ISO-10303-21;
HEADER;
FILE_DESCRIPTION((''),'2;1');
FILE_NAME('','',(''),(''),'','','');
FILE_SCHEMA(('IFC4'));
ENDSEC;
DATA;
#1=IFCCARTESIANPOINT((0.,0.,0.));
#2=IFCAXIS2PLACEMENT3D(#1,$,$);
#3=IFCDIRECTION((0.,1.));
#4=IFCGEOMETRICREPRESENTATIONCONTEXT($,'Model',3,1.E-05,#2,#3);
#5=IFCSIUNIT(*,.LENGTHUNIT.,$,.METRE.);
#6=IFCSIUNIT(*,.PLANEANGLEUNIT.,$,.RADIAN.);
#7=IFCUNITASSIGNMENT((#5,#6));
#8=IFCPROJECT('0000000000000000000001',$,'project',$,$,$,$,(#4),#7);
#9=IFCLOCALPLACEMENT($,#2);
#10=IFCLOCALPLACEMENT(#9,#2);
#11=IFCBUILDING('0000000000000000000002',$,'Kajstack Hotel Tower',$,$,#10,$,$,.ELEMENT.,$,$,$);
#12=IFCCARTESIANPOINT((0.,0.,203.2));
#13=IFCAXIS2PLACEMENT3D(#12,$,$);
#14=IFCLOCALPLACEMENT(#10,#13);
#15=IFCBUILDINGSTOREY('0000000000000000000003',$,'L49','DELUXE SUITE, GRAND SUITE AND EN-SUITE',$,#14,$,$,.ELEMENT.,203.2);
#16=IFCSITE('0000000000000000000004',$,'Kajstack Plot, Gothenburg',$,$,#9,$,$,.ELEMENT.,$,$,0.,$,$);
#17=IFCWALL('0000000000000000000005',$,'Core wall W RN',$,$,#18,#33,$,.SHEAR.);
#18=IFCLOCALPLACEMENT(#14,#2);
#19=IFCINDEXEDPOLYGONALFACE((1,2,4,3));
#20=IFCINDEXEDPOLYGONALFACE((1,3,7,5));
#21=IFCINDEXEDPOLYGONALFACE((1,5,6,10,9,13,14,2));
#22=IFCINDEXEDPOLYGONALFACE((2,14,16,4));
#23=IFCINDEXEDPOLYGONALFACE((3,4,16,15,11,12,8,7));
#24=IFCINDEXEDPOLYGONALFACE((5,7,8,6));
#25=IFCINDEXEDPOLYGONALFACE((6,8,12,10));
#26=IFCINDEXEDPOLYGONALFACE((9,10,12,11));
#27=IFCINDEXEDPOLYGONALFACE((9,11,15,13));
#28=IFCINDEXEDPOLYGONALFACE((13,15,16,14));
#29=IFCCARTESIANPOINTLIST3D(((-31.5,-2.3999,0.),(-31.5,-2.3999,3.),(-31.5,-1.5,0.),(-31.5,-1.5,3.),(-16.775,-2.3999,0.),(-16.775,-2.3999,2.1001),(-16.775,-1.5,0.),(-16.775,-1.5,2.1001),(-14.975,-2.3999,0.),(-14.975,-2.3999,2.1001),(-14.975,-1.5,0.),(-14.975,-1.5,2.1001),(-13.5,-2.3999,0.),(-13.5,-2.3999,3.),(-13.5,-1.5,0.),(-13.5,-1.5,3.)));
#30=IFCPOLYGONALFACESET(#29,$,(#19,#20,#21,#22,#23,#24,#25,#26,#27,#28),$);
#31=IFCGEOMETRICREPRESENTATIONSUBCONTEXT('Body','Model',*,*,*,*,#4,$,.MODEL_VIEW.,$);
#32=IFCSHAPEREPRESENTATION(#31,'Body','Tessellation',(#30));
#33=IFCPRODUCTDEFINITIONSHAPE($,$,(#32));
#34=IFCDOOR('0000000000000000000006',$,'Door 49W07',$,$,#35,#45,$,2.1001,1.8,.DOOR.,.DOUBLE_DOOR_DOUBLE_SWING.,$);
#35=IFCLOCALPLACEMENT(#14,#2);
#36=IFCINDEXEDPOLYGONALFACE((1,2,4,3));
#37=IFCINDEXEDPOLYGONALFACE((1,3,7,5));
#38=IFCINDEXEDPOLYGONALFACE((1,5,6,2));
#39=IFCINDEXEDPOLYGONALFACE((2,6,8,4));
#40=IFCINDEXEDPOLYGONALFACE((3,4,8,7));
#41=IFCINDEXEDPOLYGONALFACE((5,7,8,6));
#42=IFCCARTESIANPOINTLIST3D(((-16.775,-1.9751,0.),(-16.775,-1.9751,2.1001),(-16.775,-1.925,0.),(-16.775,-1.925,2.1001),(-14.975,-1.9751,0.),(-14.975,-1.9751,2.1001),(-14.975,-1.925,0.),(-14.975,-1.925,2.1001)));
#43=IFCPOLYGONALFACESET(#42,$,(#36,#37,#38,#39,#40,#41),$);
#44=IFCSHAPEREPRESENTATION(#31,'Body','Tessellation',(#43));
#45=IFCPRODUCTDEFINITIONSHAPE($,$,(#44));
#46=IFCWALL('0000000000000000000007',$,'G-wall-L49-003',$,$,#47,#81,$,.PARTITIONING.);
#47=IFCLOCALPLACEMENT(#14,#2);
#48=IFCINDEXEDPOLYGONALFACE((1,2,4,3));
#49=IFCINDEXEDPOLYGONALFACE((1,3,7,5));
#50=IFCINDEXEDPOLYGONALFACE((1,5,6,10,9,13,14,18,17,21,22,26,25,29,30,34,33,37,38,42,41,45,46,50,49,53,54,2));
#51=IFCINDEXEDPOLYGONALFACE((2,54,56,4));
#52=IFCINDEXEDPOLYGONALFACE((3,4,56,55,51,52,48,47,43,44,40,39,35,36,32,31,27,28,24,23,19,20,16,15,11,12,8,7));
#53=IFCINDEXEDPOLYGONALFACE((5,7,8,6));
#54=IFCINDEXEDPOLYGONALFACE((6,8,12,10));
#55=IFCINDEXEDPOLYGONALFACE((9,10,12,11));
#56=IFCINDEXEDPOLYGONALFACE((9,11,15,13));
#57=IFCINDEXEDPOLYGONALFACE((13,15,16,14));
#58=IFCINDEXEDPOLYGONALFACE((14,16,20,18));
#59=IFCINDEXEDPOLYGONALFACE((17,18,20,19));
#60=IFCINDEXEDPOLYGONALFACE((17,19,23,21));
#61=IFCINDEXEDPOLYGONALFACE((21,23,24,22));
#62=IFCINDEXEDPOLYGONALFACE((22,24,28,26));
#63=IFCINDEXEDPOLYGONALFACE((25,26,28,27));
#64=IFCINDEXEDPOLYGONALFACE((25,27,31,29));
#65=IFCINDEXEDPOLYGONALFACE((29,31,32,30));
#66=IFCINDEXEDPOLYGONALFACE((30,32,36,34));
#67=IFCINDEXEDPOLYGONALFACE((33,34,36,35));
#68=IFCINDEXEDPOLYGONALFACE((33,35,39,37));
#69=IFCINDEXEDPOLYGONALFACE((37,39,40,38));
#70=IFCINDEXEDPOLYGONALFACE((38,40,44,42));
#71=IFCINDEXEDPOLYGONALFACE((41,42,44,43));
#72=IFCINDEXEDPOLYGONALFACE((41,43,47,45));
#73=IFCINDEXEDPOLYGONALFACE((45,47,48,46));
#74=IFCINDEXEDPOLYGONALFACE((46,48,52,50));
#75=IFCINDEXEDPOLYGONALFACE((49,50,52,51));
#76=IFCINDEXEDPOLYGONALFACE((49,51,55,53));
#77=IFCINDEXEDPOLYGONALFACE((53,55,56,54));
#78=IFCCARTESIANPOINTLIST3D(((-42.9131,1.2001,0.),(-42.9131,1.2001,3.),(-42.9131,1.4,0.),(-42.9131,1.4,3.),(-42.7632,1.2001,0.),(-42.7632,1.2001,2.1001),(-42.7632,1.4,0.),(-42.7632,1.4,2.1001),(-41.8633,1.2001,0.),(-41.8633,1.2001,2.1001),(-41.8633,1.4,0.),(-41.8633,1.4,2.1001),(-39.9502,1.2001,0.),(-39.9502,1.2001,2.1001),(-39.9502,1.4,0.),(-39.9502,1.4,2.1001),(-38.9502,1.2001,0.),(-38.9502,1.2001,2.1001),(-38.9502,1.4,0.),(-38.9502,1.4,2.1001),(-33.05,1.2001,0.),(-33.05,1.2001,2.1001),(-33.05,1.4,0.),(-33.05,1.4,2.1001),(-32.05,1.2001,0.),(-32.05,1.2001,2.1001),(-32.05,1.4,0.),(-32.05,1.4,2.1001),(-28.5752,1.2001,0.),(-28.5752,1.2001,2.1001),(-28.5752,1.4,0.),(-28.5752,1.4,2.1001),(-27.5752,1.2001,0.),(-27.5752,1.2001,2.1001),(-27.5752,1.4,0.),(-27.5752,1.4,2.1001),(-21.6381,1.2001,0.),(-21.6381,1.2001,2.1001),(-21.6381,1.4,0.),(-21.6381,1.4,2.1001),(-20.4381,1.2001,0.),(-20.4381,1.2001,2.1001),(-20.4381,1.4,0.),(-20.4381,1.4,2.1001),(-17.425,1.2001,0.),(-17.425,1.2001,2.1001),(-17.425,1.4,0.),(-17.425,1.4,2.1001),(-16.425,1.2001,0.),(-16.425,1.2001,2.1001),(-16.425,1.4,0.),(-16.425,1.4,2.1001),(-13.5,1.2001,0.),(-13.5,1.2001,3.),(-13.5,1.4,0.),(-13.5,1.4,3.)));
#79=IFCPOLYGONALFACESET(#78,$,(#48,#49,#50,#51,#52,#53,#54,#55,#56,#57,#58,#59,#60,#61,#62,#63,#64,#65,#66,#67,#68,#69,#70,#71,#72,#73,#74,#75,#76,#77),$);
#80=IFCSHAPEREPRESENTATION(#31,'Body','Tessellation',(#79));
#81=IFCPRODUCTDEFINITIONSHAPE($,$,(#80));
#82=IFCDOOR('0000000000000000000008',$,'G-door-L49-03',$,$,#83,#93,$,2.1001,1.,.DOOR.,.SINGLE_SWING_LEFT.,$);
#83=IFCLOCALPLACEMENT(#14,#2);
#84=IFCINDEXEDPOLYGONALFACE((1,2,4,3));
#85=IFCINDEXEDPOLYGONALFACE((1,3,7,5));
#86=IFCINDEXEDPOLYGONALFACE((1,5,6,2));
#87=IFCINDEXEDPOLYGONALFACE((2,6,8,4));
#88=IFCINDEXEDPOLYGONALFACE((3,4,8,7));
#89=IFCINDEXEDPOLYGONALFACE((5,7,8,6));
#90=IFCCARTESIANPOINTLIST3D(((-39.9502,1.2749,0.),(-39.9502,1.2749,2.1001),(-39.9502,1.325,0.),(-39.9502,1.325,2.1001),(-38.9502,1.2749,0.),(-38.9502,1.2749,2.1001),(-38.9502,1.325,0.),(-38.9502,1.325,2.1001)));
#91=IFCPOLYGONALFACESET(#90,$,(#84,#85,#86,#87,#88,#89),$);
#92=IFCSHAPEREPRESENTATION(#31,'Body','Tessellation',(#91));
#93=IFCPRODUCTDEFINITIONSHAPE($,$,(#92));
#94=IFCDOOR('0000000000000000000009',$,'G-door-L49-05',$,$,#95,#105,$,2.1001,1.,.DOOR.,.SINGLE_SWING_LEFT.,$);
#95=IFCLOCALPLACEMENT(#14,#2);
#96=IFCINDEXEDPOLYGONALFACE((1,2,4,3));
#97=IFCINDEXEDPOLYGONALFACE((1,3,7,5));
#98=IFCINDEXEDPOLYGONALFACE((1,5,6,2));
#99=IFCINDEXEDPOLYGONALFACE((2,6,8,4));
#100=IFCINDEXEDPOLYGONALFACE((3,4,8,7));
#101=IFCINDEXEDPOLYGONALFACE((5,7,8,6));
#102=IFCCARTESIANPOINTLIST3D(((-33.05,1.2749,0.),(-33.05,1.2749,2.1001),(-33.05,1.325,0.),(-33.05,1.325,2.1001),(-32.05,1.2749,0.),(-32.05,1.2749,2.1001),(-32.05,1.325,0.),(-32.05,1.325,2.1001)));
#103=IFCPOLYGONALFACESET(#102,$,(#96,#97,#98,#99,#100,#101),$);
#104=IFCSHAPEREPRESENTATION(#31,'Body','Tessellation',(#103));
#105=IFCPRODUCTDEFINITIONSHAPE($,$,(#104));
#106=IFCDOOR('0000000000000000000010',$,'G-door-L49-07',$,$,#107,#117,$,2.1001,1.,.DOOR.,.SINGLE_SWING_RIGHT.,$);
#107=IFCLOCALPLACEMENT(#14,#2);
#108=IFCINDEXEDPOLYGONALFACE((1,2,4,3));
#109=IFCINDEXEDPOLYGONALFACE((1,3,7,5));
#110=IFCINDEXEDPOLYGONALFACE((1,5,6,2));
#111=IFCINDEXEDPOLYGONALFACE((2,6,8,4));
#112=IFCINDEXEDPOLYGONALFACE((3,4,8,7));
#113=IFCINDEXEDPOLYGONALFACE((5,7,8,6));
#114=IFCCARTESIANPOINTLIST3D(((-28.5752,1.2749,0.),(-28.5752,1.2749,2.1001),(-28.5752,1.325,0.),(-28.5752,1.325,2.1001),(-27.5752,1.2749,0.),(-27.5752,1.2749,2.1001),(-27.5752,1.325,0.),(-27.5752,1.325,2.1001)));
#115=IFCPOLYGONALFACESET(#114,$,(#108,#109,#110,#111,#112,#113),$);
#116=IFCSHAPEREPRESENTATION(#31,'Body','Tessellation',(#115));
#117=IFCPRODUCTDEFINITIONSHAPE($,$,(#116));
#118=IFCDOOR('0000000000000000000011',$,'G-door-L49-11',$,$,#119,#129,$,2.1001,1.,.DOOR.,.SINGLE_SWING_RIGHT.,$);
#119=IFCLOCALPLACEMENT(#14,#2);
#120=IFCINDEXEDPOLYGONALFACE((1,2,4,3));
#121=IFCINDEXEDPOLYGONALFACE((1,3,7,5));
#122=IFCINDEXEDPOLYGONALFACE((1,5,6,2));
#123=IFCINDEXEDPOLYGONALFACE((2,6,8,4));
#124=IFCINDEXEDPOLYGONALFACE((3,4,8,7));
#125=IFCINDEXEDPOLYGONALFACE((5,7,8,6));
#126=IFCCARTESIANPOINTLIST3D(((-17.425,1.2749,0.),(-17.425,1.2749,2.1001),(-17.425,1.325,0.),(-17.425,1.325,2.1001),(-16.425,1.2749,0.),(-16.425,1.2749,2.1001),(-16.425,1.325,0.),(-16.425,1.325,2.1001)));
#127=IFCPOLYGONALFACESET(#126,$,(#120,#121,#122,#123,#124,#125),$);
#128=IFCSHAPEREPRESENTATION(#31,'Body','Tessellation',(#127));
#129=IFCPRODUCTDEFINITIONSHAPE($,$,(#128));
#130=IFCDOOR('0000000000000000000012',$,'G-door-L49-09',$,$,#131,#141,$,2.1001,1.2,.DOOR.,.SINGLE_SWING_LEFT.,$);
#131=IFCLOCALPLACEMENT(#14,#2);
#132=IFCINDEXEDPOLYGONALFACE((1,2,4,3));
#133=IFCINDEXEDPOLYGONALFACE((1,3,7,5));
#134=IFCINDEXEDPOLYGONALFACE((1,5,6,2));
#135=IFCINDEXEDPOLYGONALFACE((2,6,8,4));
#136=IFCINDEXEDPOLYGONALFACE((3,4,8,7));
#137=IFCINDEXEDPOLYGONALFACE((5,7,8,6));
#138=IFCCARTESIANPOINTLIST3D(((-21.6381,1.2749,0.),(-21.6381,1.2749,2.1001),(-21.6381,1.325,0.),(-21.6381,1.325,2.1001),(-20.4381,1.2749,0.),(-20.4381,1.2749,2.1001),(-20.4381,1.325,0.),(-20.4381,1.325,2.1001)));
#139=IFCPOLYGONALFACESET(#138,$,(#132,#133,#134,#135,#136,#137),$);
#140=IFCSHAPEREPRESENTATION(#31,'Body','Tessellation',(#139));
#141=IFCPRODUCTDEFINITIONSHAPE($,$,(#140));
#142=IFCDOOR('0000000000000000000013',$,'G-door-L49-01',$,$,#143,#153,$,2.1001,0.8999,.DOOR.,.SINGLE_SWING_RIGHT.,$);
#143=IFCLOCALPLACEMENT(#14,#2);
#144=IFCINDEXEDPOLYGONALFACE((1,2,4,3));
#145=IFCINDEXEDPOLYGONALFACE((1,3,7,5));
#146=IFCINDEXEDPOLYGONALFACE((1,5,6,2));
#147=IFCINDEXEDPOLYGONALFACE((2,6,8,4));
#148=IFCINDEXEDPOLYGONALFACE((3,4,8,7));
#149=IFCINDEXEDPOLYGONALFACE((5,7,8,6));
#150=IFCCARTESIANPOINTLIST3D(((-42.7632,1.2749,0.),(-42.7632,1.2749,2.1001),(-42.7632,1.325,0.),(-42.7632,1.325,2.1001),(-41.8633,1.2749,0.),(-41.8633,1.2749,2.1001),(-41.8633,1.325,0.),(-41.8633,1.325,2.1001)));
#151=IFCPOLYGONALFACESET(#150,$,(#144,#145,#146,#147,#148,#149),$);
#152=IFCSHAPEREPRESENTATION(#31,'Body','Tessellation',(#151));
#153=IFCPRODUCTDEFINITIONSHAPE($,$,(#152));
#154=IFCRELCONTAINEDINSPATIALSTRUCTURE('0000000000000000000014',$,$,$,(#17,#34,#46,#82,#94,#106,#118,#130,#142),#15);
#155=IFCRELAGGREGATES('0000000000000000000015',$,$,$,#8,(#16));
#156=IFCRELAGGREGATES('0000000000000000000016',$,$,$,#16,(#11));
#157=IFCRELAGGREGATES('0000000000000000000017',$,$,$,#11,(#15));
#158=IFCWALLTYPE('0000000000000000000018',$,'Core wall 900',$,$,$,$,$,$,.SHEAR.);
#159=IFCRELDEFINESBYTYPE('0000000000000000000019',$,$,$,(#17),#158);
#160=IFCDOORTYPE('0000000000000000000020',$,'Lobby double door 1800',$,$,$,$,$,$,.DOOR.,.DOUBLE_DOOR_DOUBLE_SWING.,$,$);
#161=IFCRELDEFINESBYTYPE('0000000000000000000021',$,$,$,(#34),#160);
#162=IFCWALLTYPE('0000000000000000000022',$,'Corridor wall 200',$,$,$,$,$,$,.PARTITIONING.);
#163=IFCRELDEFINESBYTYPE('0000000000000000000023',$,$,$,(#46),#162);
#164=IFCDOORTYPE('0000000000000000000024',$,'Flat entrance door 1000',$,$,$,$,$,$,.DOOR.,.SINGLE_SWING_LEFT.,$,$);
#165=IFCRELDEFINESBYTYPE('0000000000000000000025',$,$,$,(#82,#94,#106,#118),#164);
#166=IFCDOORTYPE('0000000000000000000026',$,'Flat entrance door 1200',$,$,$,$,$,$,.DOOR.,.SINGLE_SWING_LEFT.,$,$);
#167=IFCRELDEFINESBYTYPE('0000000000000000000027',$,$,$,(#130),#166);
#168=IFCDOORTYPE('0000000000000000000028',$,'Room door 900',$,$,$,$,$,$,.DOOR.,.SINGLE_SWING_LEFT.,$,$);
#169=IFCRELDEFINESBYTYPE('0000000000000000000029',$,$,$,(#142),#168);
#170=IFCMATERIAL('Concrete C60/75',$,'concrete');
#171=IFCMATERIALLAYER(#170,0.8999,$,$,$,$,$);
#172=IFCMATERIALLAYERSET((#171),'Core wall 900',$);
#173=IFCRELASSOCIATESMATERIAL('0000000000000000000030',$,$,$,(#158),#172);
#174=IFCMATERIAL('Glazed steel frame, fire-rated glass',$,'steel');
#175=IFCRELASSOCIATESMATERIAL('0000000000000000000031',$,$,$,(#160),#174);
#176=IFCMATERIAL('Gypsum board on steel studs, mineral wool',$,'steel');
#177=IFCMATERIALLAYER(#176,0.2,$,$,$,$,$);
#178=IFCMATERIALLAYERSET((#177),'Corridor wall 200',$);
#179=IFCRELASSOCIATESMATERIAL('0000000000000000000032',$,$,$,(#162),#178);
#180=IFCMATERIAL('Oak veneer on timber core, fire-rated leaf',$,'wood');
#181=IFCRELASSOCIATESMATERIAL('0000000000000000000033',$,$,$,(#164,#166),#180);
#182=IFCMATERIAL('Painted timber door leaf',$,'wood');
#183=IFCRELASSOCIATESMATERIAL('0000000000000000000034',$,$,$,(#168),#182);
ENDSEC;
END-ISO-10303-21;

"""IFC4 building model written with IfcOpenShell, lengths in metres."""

from ifc_helpers import new_model, si_unit, direction, frame, frame_2d, origin, place, context, subcontext, project, spatial, rectangle, extrude, material, layer, layer_set, type_object, element, fill, save


model = new_model("IFC4")

# Units and contexts
model_context = context("Model", 3, precision=1e-05, world=origin(), true_north=direction((0.0, 1.0)))
body_context = subcontext(model_context, "Body", "Model", "MODEL_VIEW")
ifc_project = project(units=[si_unit("LENGTHUNIT", "METRE"), si_unit("PLANEANGLEUNIT", "RADIAN")], contexts=[model_context])

# Site, building, storey
site_placement = place(None, origin())
site = spatial("IfcSite", under=ifc_project, at=site_placement, Name="Kajstack Plot, Gothenburg", CompositionType="ELEMENT", RefElevation=0.0)
building_placement = place(site_placement, origin())
building = spatial("IfcBuilding", under=site, at=building_placement, Name="Kajstack Hotel Tower", CompositionType="ELEMENT")
storey_placement = place(building_placement, frame((0.0, 0.0, 203.2)))
storey = spatial("IfcBuildingStorey", under=building, at=storey_placement, Name="L49", Description="DELUXE SUITE, GRAND SUITE AND EN-SUITE", CompositionType="ELEMENT", Elevation=203.2)

# Wall, opening, door
ifc_material_1 = material(Name="Concrete C60/75", Category="concrete")
ifc_layer_1 = layer(ifc_material_1, 0.8999)
ifc_layer_set_1 = layer_set([ifc_layer_1], Name="Core wall 900")
wall_type_1 = type_object("IfcWallType", Name="Core wall 900", PredefinedType="SHEAR", material=ifc_layer_set_1)
wall_1_placement = place(storey_placement, frame((-31.5, -1.95, 0.0), z_axis=(0.0, 0.0, 1.0), x_axis=(1.0, 0.0, 0.0)))
wall_1 = element("IfcWall", 1, at=wall_1_placement, inside=storey, type_object=wall_type_1, Name="Core wall W RN", PredefinedType="SHEAR", context=body_context, shape_type="SweptSolid", body=[
    extrude(rectangle(XDim=18.0, YDim=0.8999, at=frame_2d((9.0, 0.0))), origin(), (0.0, 0.0, 1.0), 3.0),
])
opening_1_placement = place(wall_1_placement, frame((14.7251, 0.0, 0.0)))
opening_1 = element("IfcOpeningElement", 2, at=opening_1_placement, cuts=wall_1, PredefinedType="OPENING", context=body_context, shape_type="SweptSolid", body=[
    extrude(rectangle(XDim=1.8, YDim=2.1001, at=frame_2d((0.8999, 1.05))), frame((0.0, 0.46, 0.0), z_axis=(0.0, -1.0, 0.0), x_axis=(1.0, 0.0, 0.0)), (0.0, 0.0, 1.0), 0.9199),
])
ifc_material_2 = material(Name="Glazed steel frame, fire-rated glass", Category="steel")
door_type_1 = type_object("IfcDoorType", Name="Lobby double door 1800", OperationType="DOUBLE_DOOR_DOUBLE_SWING", PredefinedType="DOOR", material=ifc_material_2)
door_1_placement = place(opening_1_placement, origin())
door_1 = element("IfcDoor", 3, at=door_1_placement, inside=storey, type_object=door_type_1, Name="Door 49W07", OperationType="DOUBLE_DOOR_DOUBLE_SWING", OverallHeight=2.1001, OverallWidth=1.8, PredefinedType="DOOR", context=body_context, shape_type="SweptSolid", body=[
    extrude(rectangle(XDim=1.8, YDim=2.1001, at=frame_2d((0.8999, 1.05))), frame((0.0, 0.0249, 0.0), z_axis=(0.0, -1.0, 0.0), x_axis=(1.0, 0.0, 0.0)), (0.0, 0.0, 1.0), 0.05),
])
fill(opening_1, door_1)

# Wall, openings, doors
ifc_material_3 = material(Name="Gypsum board on steel studs, mineral wool", Category="steel")
ifc_layer_2 = layer(ifc_material_3, 0.2)
ifc_layer_set_2 = layer_set([ifc_layer_2], Name="Corridor wall 200")
wall_type_2 = type_object("IfcWallType", Name="Corridor wall 200", PredefinedType="PARTITIONING", material=ifc_layer_set_2)
wall_2_placement = place(storey_placement, frame((-42.9131, 1.3, 0.0), z_axis=(0.0, 0.0, 1.0), x_axis=(1.0, 0.0, 0.0)))
wall_2 = element("IfcWall", 4, at=wall_2_placement, inside=storey, type_object=wall_type_2, Name="G-wall-L49-003", PredefinedType="PARTITIONING", context=body_context, shape_type="SweptSolid", body=[
    extrude(rectangle(XDim=29.4131, YDim=0.2, at=frame_2d((14.7065, 0.0))), origin(), (0.0, 0.0, 1.0), 3.0),
])
opening_2_placement = place(wall_2_placement, frame((0.1499, 0.0, 0.0)))
opening_2 = element("IfcOpeningElement", 5, at=opening_2_placement, cuts=wall_2, PredefinedType="OPENING", context=body_context, shape_type="SweptSolid", body=[
    extrude(rectangle(XDim=0.8999, YDim=2.1001, at=frame_2d((0.45, 1.05))), frame((0.0, 0.1099, 0.0), z_axis=(0.0, -1.0, 0.0), x_axis=(1.0, 0.0, 0.0)), (0.0, 0.0, 1.0), 0.22),
])
opening_3_placement = place(wall_2_placement, frame((2.9629, 0.0, 0.0)))
opening_3 = element("IfcOpeningElement", 6, at=opening_3_placement, cuts=wall_2, PredefinedType="OPENING", context=body_context, shape_type="SweptSolid", body=[
    extrude(rectangle(XDim=1.0, YDim=2.1001, at=frame_2d((0.5, 1.05))), frame((0.0, 0.1099, 0.0), z_axis=(0.0, -1.0, 0.0), x_axis=(1.0, 0.0, 0.0)), (0.0, 0.0, 1.0), 0.22),
])
opening_4_placement = place(wall_2_placement, frame((9.863, 0.0, 0.0)))
opening_4 = element("IfcOpeningElement", 7, at=opening_4_placement, cuts=wall_2, PredefinedType="OPENING", context=body_context, shape_type="SweptSolid", body=[
    extrude(rectangle(XDim=1.0, YDim=2.1001, at=frame_2d((0.5, 1.05))), frame((0.0, 0.1099, 0.0), z_axis=(0.0, -1.0, 0.0), x_axis=(1.0, 0.0, 0.0)), (0.0, 0.0, 1.0), 0.22),
])
opening_5_placement = place(wall_2_placement, frame((14.3379, 0.0, 0.0)))
opening_5 = element("IfcOpeningElement", 8, at=opening_5_placement, cuts=wall_2, PredefinedType="OPENING", context=body_context, shape_type="SweptSolid", body=[
    extrude(rectangle(XDim=1.0, YDim=2.1001, at=frame_2d((0.5, 1.05))), frame((0.0, 0.1099, 0.0), z_axis=(0.0, -1.0, 0.0), x_axis=(1.0, 0.0, 0.0)), (0.0, 0.0, 1.0), 0.22),
])
opening_6_placement = place(wall_2_placement, frame((21.2749, 0.0, 0.0)))
opening_6 = element("IfcOpeningElement", 9, at=opening_6_placement, cuts=wall_2, PredefinedType="OPENING", context=body_context, shape_type="SweptSolid", body=[
    extrude(rectangle(XDim=1.2, YDim=2.1001, at=frame_2d((0.6001, 1.05))), frame((0.0, 0.1099, 0.0), z_axis=(0.0, -1.0, 0.0), x_axis=(1.0, 0.0, 0.0)), (0.0, 0.0, 1.0), 0.22),
])
opening_7_placement = place(wall_2_placement, frame((25.488, 0.0, 0.0)))
opening_7 = element("IfcOpeningElement", 10, at=opening_7_placement, cuts=wall_2, PredefinedType="OPENING", context=body_context, shape_type="SweptSolid", body=[
    extrude(rectangle(XDim=1.0, YDim=2.1001, at=frame_2d((0.5, 1.05))), frame((0.0, 0.1099, 0.0), z_axis=(0.0, -1.0, 0.0), x_axis=(1.0, 0.0, 0.0)), (0.0, 0.0, 1.0), 0.22),
])
ifc_material_4 = material(Name="Oak veneer on timber core, fire-rated leaf", Category="wood")
door_type_2 = type_object("IfcDoorType", Name="Flat entrance door 1000", OperationType="SINGLE_SWING_LEFT", PredefinedType="DOOR", material=ifc_material_4)
door_2_placement = place(opening_3_placement, origin())
door_2 = element("IfcDoor", 11, at=door_2_placement, inside=storey, type_object=door_type_2, Name="G-door-L49-03", OperationType="SINGLE_SWING_LEFT", OverallHeight=2.1001, OverallWidth=1.0, PredefinedType="DOOR", context=body_context, shape_type="SweptSolid", body=[
    extrude(rectangle(XDim=1.0, YDim=2.1001, at=frame_2d((0.5, 1.05))), frame((0.0, 0.0249, 0.0), z_axis=(0.0, -1.0, 0.0), x_axis=(1.0, 0.0, 0.0)), (0.0, 0.0, 1.0), 0.05),
])
fill(opening_3, door_2)
door_3_placement = place(opening_4_placement, origin())
door_3 = element("IfcDoor", 12, at=door_3_placement, inside=storey, type_object=door_type_2, Name="G-door-L49-05", OperationType="SINGLE_SWING_LEFT", OverallHeight=2.1001, OverallWidth=1.0, PredefinedType="DOOR", context=body_context, shape_type="SweptSolid", body=[
    extrude(rectangle(XDim=1.0, YDim=2.1001, at=frame_2d((0.5, 1.05))), frame((0.0, 0.0249, 0.0), z_axis=(0.0, -1.0, 0.0), x_axis=(1.0, 0.0, 0.0)), (0.0, 0.0, 1.0), 0.05),
])
fill(opening_4, door_3)
door_4_placement = place(opening_5_placement, origin())
door_4 = element("IfcDoor", 13, at=door_4_placement, inside=storey, type_object=door_type_2, Name="G-door-L49-07", OperationType="SINGLE_SWING_RIGHT", OverallHeight=2.1001, OverallWidth=1.0, PredefinedType="DOOR", context=body_context, shape_type="SweptSolid", body=[
    extrude(rectangle(XDim=1.0, YDim=2.1001, at=frame_2d((0.5, 1.05))), frame((0.0, 0.0249, 0.0), z_axis=(0.0, -1.0, 0.0), x_axis=(1.0, 0.0, 0.0)), (0.0, 0.0, 1.0), 0.05),
])
fill(opening_5, door_4)
door_5_placement = place(opening_7_placement, origin())
door_5 = element("IfcDoor", 14, at=door_5_placement, inside=storey, type_object=door_type_2, Name="G-door-L49-11", OperationType="SINGLE_SWING_RIGHT", OverallHeight=2.1001, OverallWidth=1.0, PredefinedType="DOOR", context=body_context, shape_type="SweptSolid", body=[
    extrude(rectangle(XDim=1.0, YDim=2.1001, at=frame_2d((0.5, 1.05))), frame((0.0, 0.0249, 0.0), z_axis=(0.0, -1.0, 0.0), x_axis=(1.0, 0.0, 0.0)), (0.0, 0.0, 1.0), 0.05),
])
fill(opening_7, door_5)
door_type_3 = type_object("IfcDoorType", Name="Flat entrance door 1200", OperationType="SINGLE_SWING_LEFT", PredefinedType="DOOR", material=ifc_material_4)
door_6_placement = place(opening_6_placement, origin())
door_6 = element("IfcDoor", 15, at=door_6_placement, inside=storey, type_object=door_type_3, Name="G-door-L49-09", OperationType="SINGLE_SWING_LEFT", OverallHeight=2.1001, OverallWidth=1.2, PredefinedType="DOOR", context=body_context, shape_type="SweptSolid", body=[
    extrude(rectangle(XDim=1.2, YDim=2.1001, at=frame_2d((0.6001, 1.05))), frame((0.0, 0.0249, 0.0), z_axis=(0.0, -1.0, 0.0), x_axis=(1.0, 0.0, 0.0)), (0.0, 0.0, 1.0), 0.05),
])
fill(opening_6, door_6)
ifc_material_5 = material(Name="Painted timber door leaf", Category="wood")
door_type_4 = type_object("IfcDoorType", Name="Room door 900", OperationType="SINGLE_SWING_LEFT", PredefinedType="DOOR", material=ifc_material_5)
door_7_placement = place(opening_2_placement, origin())
door_7 = element("IfcDoor", 16, at=door_7_placement, inside=storey, type_object=door_type_4, Name="G-door-L49-01", OperationType="SINGLE_SWING_RIGHT", OverallHeight=2.1001, OverallWidth=0.8999, PredefinedType="DOOR", context=body_context, shape_type="SweptSolid", body=[
    extrude(rectangle(XDim=0.8999, YDim=2.1001, at=frame_2d((0.45, 1.05))), frame((0.0, 0.0249, 0.0), z_axis=(0.0, -1.0, 0.0), x_axis=(1.0, 0.0, 0.0)), (0.0, 0.0, 1.0), 0.05),
])
fill(opening_2, door_7)

save(model, "model.ifc")
